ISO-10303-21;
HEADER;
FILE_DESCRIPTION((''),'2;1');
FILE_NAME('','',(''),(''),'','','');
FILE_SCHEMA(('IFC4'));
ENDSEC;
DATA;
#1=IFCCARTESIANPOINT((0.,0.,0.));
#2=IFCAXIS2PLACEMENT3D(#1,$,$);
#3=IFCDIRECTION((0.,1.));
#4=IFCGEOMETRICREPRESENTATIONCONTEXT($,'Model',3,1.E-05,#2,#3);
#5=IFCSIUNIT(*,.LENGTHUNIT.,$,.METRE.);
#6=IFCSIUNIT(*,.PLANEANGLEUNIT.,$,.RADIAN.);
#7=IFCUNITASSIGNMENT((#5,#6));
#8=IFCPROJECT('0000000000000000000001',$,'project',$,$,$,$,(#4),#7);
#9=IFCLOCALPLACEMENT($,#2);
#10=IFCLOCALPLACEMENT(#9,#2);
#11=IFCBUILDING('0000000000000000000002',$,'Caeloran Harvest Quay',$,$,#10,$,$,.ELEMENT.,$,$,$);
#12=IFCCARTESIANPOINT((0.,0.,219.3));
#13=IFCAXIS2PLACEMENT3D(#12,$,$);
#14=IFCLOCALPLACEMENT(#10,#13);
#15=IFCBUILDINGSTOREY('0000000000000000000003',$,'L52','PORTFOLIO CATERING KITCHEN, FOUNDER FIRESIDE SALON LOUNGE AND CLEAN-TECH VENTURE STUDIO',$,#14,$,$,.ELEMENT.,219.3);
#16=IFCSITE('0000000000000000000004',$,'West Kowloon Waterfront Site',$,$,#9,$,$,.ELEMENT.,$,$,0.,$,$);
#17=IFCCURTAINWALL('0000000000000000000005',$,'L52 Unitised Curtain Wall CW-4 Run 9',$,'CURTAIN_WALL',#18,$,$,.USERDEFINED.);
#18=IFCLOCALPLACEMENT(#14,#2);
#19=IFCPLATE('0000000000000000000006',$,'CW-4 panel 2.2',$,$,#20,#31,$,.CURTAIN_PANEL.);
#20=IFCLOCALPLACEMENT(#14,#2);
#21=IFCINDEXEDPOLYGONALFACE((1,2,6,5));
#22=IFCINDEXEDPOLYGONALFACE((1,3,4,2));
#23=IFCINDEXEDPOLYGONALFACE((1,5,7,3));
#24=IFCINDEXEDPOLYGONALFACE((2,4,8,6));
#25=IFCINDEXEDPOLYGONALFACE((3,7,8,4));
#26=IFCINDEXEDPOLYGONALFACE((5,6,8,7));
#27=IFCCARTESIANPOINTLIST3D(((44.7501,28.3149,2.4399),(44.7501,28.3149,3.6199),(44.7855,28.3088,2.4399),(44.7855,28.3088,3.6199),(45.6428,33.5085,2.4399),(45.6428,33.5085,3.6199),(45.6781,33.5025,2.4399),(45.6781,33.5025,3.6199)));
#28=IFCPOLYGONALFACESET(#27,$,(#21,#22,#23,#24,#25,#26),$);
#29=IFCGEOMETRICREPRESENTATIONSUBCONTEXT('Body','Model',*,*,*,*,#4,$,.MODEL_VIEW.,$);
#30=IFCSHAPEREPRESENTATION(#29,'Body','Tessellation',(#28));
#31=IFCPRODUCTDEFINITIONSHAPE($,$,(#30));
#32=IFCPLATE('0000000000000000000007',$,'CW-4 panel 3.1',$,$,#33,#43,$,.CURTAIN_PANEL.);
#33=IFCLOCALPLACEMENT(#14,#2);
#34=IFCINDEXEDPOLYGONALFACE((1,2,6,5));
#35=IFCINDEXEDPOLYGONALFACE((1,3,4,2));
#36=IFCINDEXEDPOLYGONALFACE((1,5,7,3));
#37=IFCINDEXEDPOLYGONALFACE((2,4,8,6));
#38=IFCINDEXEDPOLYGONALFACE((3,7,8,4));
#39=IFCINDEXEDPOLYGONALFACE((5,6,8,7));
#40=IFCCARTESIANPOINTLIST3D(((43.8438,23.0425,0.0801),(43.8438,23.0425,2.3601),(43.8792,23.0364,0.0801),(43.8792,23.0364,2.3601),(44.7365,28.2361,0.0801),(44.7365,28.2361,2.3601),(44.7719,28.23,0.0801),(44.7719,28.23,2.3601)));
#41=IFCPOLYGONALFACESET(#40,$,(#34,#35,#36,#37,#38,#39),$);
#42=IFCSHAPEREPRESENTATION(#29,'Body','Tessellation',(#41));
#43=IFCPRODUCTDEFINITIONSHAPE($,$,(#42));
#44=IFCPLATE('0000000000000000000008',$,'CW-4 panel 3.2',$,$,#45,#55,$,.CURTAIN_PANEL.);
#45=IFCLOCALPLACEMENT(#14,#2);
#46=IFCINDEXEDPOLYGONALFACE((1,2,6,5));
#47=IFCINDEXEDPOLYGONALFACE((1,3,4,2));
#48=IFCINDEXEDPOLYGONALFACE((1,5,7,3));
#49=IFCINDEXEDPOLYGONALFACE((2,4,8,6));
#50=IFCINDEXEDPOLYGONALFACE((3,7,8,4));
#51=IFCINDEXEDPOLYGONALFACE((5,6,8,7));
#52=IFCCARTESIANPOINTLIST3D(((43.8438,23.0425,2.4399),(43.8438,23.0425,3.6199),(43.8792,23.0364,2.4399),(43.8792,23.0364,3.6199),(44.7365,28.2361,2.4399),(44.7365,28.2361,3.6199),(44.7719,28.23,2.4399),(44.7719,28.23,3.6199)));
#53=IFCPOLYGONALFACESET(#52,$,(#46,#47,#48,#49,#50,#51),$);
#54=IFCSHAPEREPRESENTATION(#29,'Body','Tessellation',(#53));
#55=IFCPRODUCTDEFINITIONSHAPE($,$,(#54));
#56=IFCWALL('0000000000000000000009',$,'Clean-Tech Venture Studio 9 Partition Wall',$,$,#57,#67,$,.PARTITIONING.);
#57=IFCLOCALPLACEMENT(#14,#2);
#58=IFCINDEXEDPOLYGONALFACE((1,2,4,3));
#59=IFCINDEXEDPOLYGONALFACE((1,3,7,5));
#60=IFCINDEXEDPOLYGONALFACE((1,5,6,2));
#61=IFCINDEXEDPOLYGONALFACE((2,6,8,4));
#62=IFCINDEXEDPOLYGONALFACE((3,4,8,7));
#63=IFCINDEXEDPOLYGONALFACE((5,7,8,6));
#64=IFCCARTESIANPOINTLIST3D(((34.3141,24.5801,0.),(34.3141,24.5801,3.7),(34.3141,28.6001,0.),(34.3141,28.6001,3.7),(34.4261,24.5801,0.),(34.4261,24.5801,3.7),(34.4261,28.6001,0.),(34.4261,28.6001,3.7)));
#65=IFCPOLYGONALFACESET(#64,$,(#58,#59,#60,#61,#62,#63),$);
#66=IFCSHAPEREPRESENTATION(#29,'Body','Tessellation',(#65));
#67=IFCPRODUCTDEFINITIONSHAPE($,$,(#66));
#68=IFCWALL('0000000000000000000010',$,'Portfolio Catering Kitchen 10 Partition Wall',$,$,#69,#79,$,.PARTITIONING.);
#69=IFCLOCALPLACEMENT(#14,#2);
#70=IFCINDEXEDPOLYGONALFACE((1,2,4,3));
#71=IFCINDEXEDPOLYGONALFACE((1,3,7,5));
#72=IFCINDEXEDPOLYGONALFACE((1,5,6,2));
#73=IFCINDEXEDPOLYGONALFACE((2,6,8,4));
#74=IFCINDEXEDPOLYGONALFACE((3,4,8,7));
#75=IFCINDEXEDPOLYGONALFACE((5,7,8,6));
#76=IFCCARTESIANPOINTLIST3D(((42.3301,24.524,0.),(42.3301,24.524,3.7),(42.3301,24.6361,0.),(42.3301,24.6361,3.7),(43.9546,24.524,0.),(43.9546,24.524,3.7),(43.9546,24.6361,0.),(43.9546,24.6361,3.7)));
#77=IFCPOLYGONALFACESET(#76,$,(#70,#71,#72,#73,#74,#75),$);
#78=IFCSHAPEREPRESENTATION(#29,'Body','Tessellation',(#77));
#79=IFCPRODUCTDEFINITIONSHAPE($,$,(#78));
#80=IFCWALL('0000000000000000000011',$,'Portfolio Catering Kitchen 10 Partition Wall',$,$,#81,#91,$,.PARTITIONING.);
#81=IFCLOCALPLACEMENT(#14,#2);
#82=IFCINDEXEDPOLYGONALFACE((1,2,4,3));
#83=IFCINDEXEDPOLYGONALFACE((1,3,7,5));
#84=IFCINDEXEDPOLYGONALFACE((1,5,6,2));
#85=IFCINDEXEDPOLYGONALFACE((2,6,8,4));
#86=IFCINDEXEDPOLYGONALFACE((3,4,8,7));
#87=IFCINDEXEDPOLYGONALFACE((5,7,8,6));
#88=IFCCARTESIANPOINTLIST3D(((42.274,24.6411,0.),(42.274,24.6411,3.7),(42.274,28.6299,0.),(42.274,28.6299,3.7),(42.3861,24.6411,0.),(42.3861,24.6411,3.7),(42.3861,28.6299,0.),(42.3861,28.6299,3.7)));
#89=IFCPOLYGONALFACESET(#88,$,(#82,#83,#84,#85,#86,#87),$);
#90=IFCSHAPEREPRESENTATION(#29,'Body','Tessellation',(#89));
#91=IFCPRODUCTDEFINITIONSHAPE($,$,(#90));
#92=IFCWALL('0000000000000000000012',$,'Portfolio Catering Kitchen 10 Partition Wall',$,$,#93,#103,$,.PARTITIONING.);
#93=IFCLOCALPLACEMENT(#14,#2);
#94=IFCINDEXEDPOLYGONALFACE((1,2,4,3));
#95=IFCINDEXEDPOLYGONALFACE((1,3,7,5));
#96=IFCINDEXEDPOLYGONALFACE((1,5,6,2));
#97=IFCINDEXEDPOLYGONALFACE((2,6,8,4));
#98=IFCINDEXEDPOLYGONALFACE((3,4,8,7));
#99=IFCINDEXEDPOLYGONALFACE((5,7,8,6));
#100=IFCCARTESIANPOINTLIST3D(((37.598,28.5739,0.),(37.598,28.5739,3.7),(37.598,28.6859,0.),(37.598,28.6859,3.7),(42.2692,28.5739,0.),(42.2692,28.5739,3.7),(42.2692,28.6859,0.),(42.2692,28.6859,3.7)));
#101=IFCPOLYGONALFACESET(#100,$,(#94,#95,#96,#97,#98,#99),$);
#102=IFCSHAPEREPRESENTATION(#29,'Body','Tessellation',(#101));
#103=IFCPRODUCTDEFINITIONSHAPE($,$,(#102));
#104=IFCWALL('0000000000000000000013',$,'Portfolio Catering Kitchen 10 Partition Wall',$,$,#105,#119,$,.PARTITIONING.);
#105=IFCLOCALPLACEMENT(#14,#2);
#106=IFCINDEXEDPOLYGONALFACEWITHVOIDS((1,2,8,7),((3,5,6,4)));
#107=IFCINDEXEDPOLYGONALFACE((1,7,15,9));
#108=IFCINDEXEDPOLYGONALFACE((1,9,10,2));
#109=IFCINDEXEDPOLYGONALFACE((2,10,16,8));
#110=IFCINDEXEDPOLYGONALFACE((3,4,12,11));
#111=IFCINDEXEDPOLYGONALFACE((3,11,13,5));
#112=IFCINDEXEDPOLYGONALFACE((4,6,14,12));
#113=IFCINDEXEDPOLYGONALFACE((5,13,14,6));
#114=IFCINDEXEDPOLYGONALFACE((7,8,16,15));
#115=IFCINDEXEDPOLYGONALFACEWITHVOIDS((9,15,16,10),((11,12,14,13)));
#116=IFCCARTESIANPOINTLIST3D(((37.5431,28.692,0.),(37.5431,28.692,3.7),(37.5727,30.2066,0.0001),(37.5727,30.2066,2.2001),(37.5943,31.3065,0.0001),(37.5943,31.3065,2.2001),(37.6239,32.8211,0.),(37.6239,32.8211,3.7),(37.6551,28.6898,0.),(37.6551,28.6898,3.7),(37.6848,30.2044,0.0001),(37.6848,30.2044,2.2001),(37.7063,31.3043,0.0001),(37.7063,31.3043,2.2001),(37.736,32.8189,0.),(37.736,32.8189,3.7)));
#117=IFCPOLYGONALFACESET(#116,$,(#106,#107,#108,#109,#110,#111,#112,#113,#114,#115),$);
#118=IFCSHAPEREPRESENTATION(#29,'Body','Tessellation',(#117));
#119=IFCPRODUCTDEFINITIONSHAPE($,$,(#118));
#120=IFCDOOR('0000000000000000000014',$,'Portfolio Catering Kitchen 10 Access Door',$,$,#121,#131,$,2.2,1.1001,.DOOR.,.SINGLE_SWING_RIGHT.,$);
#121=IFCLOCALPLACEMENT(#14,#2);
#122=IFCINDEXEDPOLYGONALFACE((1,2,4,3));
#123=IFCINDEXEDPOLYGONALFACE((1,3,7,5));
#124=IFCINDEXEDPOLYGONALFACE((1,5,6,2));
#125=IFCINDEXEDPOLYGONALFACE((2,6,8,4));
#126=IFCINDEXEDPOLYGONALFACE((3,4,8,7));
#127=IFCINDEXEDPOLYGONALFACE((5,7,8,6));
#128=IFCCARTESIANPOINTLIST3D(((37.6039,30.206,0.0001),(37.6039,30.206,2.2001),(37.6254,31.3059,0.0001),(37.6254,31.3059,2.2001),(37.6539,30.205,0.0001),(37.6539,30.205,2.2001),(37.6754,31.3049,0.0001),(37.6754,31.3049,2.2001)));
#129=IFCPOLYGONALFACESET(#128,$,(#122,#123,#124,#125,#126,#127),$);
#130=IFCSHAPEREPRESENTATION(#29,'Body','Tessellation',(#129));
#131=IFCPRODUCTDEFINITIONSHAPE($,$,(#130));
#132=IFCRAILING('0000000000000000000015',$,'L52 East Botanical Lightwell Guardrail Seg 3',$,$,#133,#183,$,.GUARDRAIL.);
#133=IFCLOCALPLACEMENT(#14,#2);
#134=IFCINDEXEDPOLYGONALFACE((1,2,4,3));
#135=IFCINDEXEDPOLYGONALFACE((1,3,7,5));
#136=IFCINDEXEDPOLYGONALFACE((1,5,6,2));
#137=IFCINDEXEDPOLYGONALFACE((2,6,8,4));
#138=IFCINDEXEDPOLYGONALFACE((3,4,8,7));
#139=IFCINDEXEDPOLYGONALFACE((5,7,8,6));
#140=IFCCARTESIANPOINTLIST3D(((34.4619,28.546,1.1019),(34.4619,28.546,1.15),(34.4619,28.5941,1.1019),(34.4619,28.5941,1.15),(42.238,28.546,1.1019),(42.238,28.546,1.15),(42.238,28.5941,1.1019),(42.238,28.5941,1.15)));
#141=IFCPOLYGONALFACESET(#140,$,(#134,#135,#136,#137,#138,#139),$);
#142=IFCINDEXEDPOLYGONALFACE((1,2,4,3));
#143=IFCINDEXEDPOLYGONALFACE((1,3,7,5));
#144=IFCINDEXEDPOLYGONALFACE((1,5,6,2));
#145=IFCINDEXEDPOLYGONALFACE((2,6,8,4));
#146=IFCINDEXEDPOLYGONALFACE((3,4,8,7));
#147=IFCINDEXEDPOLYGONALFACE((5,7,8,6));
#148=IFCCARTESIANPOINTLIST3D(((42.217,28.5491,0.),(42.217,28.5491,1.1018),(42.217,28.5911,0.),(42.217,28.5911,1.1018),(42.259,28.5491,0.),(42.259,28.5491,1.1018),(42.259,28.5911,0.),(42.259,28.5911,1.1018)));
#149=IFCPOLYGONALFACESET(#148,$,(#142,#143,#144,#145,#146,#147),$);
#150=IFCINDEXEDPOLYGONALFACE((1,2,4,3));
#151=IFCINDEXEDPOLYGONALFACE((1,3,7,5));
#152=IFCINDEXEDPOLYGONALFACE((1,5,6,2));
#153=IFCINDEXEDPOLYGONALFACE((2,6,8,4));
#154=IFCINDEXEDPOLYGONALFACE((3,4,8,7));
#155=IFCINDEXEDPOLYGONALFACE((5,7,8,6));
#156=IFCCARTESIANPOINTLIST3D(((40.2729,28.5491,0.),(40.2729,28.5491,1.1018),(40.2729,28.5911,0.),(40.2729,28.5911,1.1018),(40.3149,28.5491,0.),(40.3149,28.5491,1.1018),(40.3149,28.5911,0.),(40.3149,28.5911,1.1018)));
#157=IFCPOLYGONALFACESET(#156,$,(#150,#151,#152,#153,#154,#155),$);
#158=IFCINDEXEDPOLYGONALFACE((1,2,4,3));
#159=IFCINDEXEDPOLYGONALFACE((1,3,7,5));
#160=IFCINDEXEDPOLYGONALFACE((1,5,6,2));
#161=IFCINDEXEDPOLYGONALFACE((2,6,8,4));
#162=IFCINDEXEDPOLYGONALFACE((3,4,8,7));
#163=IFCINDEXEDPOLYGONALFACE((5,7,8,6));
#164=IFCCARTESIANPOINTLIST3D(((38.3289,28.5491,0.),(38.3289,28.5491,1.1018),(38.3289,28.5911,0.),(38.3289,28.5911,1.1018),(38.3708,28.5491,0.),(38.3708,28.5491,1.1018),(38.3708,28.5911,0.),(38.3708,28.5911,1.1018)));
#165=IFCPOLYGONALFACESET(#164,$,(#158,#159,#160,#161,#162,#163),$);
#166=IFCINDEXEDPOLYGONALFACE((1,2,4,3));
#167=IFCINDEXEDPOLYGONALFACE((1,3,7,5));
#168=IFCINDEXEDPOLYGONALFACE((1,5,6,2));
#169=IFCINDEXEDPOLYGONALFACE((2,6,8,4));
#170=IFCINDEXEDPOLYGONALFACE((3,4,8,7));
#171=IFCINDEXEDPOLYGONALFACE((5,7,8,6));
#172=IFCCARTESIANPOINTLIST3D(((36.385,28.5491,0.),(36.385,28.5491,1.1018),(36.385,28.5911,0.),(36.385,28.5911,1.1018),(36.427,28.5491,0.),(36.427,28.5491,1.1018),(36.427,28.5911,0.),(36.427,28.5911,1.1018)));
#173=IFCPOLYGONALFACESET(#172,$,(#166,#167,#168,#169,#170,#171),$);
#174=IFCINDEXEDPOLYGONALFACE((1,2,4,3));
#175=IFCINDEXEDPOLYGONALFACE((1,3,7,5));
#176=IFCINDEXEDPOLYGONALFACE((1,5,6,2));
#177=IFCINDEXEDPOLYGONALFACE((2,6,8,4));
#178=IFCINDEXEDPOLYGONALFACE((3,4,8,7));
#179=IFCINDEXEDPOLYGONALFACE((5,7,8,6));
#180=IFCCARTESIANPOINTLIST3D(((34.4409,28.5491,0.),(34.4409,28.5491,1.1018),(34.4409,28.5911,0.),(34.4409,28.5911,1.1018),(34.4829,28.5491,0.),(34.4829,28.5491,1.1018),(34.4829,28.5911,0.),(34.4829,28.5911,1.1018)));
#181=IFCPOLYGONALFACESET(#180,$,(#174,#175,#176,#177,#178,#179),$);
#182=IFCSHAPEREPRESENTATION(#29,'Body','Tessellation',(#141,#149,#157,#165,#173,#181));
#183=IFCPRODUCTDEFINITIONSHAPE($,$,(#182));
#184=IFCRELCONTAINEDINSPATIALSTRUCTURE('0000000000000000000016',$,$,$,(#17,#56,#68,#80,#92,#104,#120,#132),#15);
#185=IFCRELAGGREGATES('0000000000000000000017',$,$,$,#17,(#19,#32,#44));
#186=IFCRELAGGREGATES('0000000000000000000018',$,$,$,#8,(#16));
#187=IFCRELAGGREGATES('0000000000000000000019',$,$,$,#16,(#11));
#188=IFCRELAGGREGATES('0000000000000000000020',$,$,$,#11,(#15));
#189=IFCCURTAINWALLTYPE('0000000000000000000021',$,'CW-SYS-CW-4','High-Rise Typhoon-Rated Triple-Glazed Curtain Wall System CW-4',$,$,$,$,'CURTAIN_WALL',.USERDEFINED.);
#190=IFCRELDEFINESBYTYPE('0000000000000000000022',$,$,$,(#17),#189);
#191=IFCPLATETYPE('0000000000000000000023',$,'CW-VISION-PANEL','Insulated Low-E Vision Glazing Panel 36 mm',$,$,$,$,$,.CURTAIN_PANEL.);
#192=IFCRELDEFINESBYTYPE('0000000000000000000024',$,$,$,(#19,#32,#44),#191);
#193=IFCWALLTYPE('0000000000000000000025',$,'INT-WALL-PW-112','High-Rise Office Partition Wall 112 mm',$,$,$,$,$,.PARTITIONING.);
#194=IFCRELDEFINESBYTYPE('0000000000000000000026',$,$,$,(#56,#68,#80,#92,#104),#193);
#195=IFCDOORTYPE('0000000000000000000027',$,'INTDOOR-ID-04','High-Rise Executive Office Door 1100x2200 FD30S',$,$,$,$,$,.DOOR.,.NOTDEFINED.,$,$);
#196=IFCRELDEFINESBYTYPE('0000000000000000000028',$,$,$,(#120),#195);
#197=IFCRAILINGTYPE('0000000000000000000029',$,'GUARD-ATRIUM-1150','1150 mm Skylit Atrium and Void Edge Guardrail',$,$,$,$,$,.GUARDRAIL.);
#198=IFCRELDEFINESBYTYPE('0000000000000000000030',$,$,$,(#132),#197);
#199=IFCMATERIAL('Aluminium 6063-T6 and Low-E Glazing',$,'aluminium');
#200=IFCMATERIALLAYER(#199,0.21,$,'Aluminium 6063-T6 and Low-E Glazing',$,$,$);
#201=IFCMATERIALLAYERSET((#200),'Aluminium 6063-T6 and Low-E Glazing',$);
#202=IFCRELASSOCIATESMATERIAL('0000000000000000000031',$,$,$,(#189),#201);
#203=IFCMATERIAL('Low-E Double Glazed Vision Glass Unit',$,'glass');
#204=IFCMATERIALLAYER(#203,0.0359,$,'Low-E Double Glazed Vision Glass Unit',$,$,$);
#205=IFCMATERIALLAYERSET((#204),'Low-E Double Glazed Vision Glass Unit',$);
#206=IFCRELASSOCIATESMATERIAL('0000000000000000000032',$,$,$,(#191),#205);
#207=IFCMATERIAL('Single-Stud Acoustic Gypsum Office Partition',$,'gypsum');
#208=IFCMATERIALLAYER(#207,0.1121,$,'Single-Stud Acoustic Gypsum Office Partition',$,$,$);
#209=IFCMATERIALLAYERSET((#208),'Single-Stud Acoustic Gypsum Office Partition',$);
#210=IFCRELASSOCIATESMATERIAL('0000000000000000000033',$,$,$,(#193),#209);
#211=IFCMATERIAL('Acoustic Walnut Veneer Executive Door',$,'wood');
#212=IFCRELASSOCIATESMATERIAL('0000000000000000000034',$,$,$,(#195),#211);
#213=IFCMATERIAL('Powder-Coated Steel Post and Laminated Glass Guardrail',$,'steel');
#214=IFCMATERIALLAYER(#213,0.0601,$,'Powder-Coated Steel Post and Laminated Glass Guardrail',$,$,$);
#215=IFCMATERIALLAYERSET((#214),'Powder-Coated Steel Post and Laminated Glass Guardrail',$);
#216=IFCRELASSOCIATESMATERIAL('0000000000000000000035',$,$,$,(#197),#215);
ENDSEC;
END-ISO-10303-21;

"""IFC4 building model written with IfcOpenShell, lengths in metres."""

from ifc_helpers import new_model, si_unit, direction, frame, frame_2d, origin, origin_2d, place, context, subcontext, project, spatial, rectangle, extrude, material, layer, layer_set, type_object, element, fill, aggregate, save


model = new_model("IFC4")

# Units and contexts
model_context = context("Model", 3, precision=1e-05, world=origin(), true_north=direction((0.0, 1.0)))
body_context = subcontext(model_context, "Body", "Model", "MODEL_VIEW")
ifc_project = project(units=[si_unit("LENGTHUNIT", "METRE"), si_unit("PLANEANGLEUNIT", "RADIAN")], contexts=[model_context])

# Site, building, storey
site_placement = place(None, origin())
site = spatial("IfcSite", under=ifc_project, at=site_placement, Name="West Kowloon Waterfront Site", CompositionType="ELEMENT", RefElevation=0.0)
building_placement = place(site_placement, origin())
building = spatial("IfcBuilding", under=site, at=building_placement, Name="Caeloran Harvest Quay", CompositionType="ELEMENT")
storey_placement = place(building_placement, frame((0.0, 0.0, 219.3)))
storey = spatial("IfcBuildingStorey", under=building, at=storey_placement, Name="L52", Description="PORTFOLIO CATERING KITCHEN, FOUNDER FIRESIDE SALON LOUNGE AND CLEAN-TECH VENTURE STUDIO", CompositionType="ELEMENT", Elevation=219.3)

# Curtain wall, plates
ifc_material_1 = material(Name="Aluminium 6063-T6 and Low-E Glazing", Category="aluminium")
ifc_layer_1 = layer(ifc_material_1, 0.21, Name="Aluminium 6063-T6 and Low-E Glazing")
ifc_layer_set_1 = layer_set([ifc_layer_1], Name="Aluminium 6063-T6 and Low-E Glazing")
curtain_wall_type = type_object("IfcCurtainWallType", Name="CW-SYS-CW-4", Description="High-Rise Typhoon-Rated Triple-Glazed Curtain Wall System CW-4", ElementType="CURTAIN_WALL", PredefinedType="USERDEFINED", material=ifc_layer_set_1)
curtain_wall_placement = place(storey_placement, origin())
curtain_wall = element("IfcCurtainWall", 1, at=curtain_wall_placement, inside=storey, type_object=curtain_wall_type, Name="L52 Unitised Curtain Wall CW-4 Run 9", ObjectType="CURTAIN_WALL", PredefinedType="USERDEFINED")
ifc_material_2 = material(Name="Low-E Double Glazed Vision Glass Unit", Category="glass")
ifc_layer_2 = layer(ifc_material_2, 0.0359, Name="Low-E Double Glazed Vision Glass Unit")
ifc_layer_set_2 = layer_set([ifc_layer_2], Name="Low-E Double Glazed Vision Glass Unit")
plate_type = type_object("IfcPlateType", Name="CW-VISION-PANEL", Description="Insulated Low-E Vision Glazing Panel 36 mm", PredefinedType="CURTAIN_PANEL", material=ifc_layer_set_2)
plate_1_placement = place(storey_placement, frame((45.2141, 30.9087, 2.4399), z_axis=(0.0, 0.0, 1.0), x_axis=(-0.169391, -0.985549, 0.0)))
plate_1 = element("IfcPlate", 2, at=plate_1_placement, type_object=plate_type, Name="CW-4 panel 2.2", PredefinedType="CURTAIN_PANEL", context=body_context, shape_type="SweptSolid", body=[
    extrude(rectangle(XDim=5.2698, YDim=0.0359, at=origin_2d()), origin(), (0.0, 0.0, 1.0), 1.1799),
])
plate_2_placement = place(storey_placement, frame((44.3079, 25.6362, 0.0801), z_axis=(0.0, 0.0, 1.0), x_axis=(-0.169391, -0.985549, 0.0)))
plate_2 = element("IfcPlate", 3, at=plate_2_placement, type_object=plate_type, Name="CW-4 panel 3.1", PredefinedType="CURTAIN_PANEL", context=body_context, shape_type="SweptSolid", body=[
    extrude(rectangle(XDim=5.2698, YDim=0.0359, at=origin_2d()), origin(), (0.0, 0.0, 1.0), 2.28),
])
plate_3_placement = place(storey_placement, frame((44.3079, 25.6362, 2.4399), z_axis=(0.0, 0.0, 1.0), x_axis=(-0.169391, -0.985549, 0.0)))
plate_3 = element("IfcPlate", 4, at=plate_3_placement, type_object=plate_type, Name="CW-4 panel 3.2", PredefinedType="CURTAIN_PANEL", context=body_context, shape_type="SweptSolid", body=[
    extrude(rectangle(XDim=5.2698, YDim=0.0359, at=origin_2d()), origin(), (0.0, 0.0, 1.0), 1.1799),
])
aggregate(curtain_wall, [plate_1, plate_2, plate_3])

# Walls
ifc_material_3 = material(Name="Single-Stud Acoustic Gypsum Office Partition", Category="gypsum")
ifc_layer_3 = layer(ifc_material_3, 0.1121, Name="Single-Stud Acoustic Gypsum Office Partition")
ifc_layer_set_3 = layer_set([ifc_layer_3], Name="Single-Stud Acoustic Gypsum Office Partition")
wall_type = type_object("IfcWallType", Name="INT-WALL-PW-112", Description="High-Rise Office Partition Wall 112 mm", PredefinedType="PARTITIONING", material=ifc_layer_set_3)
wall_1_placement = place(storey_placement, frame((34.3701, 28.6001, 0.0), z_axis=(0.0, 0.0, 1.0), x_axis=(0.0, -1.0, 0.0)))
element("IfcWall", 5, at=wall_1_placement, inside=storey, type_object=wall_type, Name="Clean-Tech Venture Studio 9 Partition Wall", PredefinedType="PARTITIONING", context=body_context, shape_type="SweptSolid", body=[
    extrude(rectangle(XDim=4.02, YDim=0.1121, at=frame_2d((2.01, 0.0))), origin(), (0.0, 0.0, 1.0), 3.7),
])
wall_2_placement = place(storey_placement, frame((43.9546, 24.5801, 0.0), z_axis=(0.0, 0.0, 1.0), x_axis=(-1.0, 0.0, 0.0)))
element("IfcWall", 6, at=wall_2_placement, inside=storey, type_object=wall_type, Name="Portfolio Catering Kitchen 10 Partition Wall", PredefinedType="PARTITIONING", context=body_context, shape_type="SweptSolid", body=[
    extrude(rectangle(XDim=1.6245, YDim=0.1121, at=frame_2d((0.8123, 0.0))), origin(), (0.0, 0.0, 1.0), 3.7),
])
wall_3_placement = place(storey_placement, frame((42.3301, 24.6411, 0.0), z_axis=(0.0, 0.0, 1.0), x_axis=(0.0, 1.0, 0.0)))
element("IfcWall", 7, at=wall_3_placement, inside=storey, type_object=wall_type, Name="Portfolio Catering Kitchen 10 Partition Wall", PredefinedType="PARTITIONING", context=body_context, shape_type="SweptSolid", body=[
    extrude(rectangle(XDim=3.9888, YDim=0.1121, at=frame_2d((1.9944, 0.0))), origin(), (0.0, 0.0, 1.0), 3.7),
])
wall_4_placement = place(storey_placement, frame((42.269, 28.6299, 0.0), z_axis=(0.0, 0.0, 1.0), x_axis=(-1.0, 0.0, 0.0)))
element("IfcWall", 8, at=wall_4_placement, inside=storey, type_object=wall_type, Name="Portfolio Catering Kitchen 10 Partition Wall", PredefinedType="PARTITIONING", context=body_context, shape_type="SweptSolid", body=[
    extrude(rectangle(XDim=4.6711, YDim=0.1121, at=frame_2d((2.3354, 0.0))), origin(), (0.0, 0.0, 1.0), 3.7),
])

# Wall, opening, door
wall_5_placement = place(storey_placement, frame((37.5991, 28.6909, 0.0), z_axis=(0.0, 0.0, 1.0), x_axis=(0.019567, 0.999809, 0.0)))
wall_5 = element("IfcWall", 9, at=wall_5_placement, inside=storey, type_object=wall_type, Name="Portfolio Catering Kitchen 10 Partition Wall", PredefinedType="PARTITIONING", context=body_context, shape_type="SweptSolid", body=[
    extrude(rectangle(XDim=4.1299, YDim=0.1121, at=frame_2d((2.0649, 0.0))), origin(), (0.0, 0.0, 1.0), 3.7),
])
opening_placement = place(wall_5_placement, frame((1.5149, 0.0, 0.0)))
opening = element("IfcOpeningElement", 10, at=opening_placement, cuts=wall_5, PredefinedType="OPENING", context=body_context, shape_type="SweptSolid", body=[
    extrude(rectangle(XDim=1.1001, YDim=2.2, at=frame_2d((0.55, 1.1001))), frame((0.0, 0.0659, 0.0), z_axis=(0.0, -1.0, 0.0), x_axis=(1.0, 0.0, 0.0)), (0.0, 0.0, 1.0), 0.1321),
])
ifc_material_4 = material(Name="Acoustic Walnut Veneer Executive Door", Category="wood")
door_type = type_object("IfcDoorType", Name="INTDOOR-ID-04", Description="High-Rise Executive Office Door 1100x2200 FD30S", OperationType="NOTDEFINED", PredefinedType="DOOR", material=ifc_material_4)
door_placement = place(opening_placement, origin())
door = element("IfcDoor", 11, at=door_placement, inside=storey, type_object=door_type, Name="Portfolio Catering Kitchen 10 Access Door", OperationType="SINGLE_SWING_RIGHT", OverallHeight=2.2, OverallWidth=1.1001, PredefinedType="DOOR", context=body_context, shape_type="SweptSolid", body=[
    extrude(rectangle(XDim=1.1001, YDim=2.2, at=frame_2d((0.55, 1.1001))), frame((0.0, 0.0249, 0.0), z_axis=(0.0, -1.0, 0.0), x_axis=(1.0, 0.0, 0.0)), (0.0, 0.0, 1.0), 0.05),
])
fill(opening, door)

# Railing
ifc_material_5 = material(Name="Powder-Coated Steel Post and Laminated Glass Guardrail", Category="steel")
ifc_layer_4 = layer(ifc_material_5, 0.0601, Name="Powder-Coated Steel Post and Laminated Glass Guardrail")
ifc_layer_set_4 = layer_set([ifc_layer_4], Name="Powder-Coated Steel Post and Laminated Glass Guardrail")
railing_type = type_object("IfcRailingType", Name="GUARD-ATRIUM-1150", Description="1150 mm Skylit Atrium and Void Edge Guardrail", PredefinedType="GUARDRAIL", material=ifc_layer_set_4)
railing_1_placement = place(storey_placement, frame((42.238, 28.5701, 0.0)))
element("IfcRailing", 12, at=railing_1_placement, inside=storey, type_object=railing_type, Name="L52 East Botanical Lightwell Guardrail Seg 3", PredefinedType="GUARDRAIL", context=body_context, shape_type="SweptSolid", body=[
    extrude(rectangle(XDim=0.0481, YDim=0.0481, at=origin_2d()), frame((0.0, 0.0, 1.126), z_axis=(-1.0, 0.0, 0.0), x_axis=(0.0, -1.0, 0.0)), (0.0, 0.0, 1.0), 7.7761),
    extrude(rectangle(XDim=0.042, YDim=0.042, at=origin_2d()), origin(), (0.0, 0.0, 1.0), 1.1018),
    extrude(rectangle(XDim=0.042, YDim=0.042, at=origin_2d()), frame((-1.9441, 0.0, 0.0)), (0.0, 0.0, 1.0), 1.1018),
    extrude(rectangle(XDim=0.042, YDim=0.042, at=origin_2d()), frame((-3.8882, 0.0, 0.0)), (0.0, 0.0, 1.0), 1.1018),
    extrude(rectangle(XDim=0.042, YDim=0.042, at=origin_2d()), frame((-5.832, 0.0, 0.0)), (0.0, 0.0, 1.0), 1.1018),
    extrude(rectangle(XDim=0.042, YDim=0.042, at=origin_2d()), frame((-7.7761, 0.0, 0.0)), (0.0, 0.0, 1.0), 1.1018),
])

save(model, "model.ifc")
